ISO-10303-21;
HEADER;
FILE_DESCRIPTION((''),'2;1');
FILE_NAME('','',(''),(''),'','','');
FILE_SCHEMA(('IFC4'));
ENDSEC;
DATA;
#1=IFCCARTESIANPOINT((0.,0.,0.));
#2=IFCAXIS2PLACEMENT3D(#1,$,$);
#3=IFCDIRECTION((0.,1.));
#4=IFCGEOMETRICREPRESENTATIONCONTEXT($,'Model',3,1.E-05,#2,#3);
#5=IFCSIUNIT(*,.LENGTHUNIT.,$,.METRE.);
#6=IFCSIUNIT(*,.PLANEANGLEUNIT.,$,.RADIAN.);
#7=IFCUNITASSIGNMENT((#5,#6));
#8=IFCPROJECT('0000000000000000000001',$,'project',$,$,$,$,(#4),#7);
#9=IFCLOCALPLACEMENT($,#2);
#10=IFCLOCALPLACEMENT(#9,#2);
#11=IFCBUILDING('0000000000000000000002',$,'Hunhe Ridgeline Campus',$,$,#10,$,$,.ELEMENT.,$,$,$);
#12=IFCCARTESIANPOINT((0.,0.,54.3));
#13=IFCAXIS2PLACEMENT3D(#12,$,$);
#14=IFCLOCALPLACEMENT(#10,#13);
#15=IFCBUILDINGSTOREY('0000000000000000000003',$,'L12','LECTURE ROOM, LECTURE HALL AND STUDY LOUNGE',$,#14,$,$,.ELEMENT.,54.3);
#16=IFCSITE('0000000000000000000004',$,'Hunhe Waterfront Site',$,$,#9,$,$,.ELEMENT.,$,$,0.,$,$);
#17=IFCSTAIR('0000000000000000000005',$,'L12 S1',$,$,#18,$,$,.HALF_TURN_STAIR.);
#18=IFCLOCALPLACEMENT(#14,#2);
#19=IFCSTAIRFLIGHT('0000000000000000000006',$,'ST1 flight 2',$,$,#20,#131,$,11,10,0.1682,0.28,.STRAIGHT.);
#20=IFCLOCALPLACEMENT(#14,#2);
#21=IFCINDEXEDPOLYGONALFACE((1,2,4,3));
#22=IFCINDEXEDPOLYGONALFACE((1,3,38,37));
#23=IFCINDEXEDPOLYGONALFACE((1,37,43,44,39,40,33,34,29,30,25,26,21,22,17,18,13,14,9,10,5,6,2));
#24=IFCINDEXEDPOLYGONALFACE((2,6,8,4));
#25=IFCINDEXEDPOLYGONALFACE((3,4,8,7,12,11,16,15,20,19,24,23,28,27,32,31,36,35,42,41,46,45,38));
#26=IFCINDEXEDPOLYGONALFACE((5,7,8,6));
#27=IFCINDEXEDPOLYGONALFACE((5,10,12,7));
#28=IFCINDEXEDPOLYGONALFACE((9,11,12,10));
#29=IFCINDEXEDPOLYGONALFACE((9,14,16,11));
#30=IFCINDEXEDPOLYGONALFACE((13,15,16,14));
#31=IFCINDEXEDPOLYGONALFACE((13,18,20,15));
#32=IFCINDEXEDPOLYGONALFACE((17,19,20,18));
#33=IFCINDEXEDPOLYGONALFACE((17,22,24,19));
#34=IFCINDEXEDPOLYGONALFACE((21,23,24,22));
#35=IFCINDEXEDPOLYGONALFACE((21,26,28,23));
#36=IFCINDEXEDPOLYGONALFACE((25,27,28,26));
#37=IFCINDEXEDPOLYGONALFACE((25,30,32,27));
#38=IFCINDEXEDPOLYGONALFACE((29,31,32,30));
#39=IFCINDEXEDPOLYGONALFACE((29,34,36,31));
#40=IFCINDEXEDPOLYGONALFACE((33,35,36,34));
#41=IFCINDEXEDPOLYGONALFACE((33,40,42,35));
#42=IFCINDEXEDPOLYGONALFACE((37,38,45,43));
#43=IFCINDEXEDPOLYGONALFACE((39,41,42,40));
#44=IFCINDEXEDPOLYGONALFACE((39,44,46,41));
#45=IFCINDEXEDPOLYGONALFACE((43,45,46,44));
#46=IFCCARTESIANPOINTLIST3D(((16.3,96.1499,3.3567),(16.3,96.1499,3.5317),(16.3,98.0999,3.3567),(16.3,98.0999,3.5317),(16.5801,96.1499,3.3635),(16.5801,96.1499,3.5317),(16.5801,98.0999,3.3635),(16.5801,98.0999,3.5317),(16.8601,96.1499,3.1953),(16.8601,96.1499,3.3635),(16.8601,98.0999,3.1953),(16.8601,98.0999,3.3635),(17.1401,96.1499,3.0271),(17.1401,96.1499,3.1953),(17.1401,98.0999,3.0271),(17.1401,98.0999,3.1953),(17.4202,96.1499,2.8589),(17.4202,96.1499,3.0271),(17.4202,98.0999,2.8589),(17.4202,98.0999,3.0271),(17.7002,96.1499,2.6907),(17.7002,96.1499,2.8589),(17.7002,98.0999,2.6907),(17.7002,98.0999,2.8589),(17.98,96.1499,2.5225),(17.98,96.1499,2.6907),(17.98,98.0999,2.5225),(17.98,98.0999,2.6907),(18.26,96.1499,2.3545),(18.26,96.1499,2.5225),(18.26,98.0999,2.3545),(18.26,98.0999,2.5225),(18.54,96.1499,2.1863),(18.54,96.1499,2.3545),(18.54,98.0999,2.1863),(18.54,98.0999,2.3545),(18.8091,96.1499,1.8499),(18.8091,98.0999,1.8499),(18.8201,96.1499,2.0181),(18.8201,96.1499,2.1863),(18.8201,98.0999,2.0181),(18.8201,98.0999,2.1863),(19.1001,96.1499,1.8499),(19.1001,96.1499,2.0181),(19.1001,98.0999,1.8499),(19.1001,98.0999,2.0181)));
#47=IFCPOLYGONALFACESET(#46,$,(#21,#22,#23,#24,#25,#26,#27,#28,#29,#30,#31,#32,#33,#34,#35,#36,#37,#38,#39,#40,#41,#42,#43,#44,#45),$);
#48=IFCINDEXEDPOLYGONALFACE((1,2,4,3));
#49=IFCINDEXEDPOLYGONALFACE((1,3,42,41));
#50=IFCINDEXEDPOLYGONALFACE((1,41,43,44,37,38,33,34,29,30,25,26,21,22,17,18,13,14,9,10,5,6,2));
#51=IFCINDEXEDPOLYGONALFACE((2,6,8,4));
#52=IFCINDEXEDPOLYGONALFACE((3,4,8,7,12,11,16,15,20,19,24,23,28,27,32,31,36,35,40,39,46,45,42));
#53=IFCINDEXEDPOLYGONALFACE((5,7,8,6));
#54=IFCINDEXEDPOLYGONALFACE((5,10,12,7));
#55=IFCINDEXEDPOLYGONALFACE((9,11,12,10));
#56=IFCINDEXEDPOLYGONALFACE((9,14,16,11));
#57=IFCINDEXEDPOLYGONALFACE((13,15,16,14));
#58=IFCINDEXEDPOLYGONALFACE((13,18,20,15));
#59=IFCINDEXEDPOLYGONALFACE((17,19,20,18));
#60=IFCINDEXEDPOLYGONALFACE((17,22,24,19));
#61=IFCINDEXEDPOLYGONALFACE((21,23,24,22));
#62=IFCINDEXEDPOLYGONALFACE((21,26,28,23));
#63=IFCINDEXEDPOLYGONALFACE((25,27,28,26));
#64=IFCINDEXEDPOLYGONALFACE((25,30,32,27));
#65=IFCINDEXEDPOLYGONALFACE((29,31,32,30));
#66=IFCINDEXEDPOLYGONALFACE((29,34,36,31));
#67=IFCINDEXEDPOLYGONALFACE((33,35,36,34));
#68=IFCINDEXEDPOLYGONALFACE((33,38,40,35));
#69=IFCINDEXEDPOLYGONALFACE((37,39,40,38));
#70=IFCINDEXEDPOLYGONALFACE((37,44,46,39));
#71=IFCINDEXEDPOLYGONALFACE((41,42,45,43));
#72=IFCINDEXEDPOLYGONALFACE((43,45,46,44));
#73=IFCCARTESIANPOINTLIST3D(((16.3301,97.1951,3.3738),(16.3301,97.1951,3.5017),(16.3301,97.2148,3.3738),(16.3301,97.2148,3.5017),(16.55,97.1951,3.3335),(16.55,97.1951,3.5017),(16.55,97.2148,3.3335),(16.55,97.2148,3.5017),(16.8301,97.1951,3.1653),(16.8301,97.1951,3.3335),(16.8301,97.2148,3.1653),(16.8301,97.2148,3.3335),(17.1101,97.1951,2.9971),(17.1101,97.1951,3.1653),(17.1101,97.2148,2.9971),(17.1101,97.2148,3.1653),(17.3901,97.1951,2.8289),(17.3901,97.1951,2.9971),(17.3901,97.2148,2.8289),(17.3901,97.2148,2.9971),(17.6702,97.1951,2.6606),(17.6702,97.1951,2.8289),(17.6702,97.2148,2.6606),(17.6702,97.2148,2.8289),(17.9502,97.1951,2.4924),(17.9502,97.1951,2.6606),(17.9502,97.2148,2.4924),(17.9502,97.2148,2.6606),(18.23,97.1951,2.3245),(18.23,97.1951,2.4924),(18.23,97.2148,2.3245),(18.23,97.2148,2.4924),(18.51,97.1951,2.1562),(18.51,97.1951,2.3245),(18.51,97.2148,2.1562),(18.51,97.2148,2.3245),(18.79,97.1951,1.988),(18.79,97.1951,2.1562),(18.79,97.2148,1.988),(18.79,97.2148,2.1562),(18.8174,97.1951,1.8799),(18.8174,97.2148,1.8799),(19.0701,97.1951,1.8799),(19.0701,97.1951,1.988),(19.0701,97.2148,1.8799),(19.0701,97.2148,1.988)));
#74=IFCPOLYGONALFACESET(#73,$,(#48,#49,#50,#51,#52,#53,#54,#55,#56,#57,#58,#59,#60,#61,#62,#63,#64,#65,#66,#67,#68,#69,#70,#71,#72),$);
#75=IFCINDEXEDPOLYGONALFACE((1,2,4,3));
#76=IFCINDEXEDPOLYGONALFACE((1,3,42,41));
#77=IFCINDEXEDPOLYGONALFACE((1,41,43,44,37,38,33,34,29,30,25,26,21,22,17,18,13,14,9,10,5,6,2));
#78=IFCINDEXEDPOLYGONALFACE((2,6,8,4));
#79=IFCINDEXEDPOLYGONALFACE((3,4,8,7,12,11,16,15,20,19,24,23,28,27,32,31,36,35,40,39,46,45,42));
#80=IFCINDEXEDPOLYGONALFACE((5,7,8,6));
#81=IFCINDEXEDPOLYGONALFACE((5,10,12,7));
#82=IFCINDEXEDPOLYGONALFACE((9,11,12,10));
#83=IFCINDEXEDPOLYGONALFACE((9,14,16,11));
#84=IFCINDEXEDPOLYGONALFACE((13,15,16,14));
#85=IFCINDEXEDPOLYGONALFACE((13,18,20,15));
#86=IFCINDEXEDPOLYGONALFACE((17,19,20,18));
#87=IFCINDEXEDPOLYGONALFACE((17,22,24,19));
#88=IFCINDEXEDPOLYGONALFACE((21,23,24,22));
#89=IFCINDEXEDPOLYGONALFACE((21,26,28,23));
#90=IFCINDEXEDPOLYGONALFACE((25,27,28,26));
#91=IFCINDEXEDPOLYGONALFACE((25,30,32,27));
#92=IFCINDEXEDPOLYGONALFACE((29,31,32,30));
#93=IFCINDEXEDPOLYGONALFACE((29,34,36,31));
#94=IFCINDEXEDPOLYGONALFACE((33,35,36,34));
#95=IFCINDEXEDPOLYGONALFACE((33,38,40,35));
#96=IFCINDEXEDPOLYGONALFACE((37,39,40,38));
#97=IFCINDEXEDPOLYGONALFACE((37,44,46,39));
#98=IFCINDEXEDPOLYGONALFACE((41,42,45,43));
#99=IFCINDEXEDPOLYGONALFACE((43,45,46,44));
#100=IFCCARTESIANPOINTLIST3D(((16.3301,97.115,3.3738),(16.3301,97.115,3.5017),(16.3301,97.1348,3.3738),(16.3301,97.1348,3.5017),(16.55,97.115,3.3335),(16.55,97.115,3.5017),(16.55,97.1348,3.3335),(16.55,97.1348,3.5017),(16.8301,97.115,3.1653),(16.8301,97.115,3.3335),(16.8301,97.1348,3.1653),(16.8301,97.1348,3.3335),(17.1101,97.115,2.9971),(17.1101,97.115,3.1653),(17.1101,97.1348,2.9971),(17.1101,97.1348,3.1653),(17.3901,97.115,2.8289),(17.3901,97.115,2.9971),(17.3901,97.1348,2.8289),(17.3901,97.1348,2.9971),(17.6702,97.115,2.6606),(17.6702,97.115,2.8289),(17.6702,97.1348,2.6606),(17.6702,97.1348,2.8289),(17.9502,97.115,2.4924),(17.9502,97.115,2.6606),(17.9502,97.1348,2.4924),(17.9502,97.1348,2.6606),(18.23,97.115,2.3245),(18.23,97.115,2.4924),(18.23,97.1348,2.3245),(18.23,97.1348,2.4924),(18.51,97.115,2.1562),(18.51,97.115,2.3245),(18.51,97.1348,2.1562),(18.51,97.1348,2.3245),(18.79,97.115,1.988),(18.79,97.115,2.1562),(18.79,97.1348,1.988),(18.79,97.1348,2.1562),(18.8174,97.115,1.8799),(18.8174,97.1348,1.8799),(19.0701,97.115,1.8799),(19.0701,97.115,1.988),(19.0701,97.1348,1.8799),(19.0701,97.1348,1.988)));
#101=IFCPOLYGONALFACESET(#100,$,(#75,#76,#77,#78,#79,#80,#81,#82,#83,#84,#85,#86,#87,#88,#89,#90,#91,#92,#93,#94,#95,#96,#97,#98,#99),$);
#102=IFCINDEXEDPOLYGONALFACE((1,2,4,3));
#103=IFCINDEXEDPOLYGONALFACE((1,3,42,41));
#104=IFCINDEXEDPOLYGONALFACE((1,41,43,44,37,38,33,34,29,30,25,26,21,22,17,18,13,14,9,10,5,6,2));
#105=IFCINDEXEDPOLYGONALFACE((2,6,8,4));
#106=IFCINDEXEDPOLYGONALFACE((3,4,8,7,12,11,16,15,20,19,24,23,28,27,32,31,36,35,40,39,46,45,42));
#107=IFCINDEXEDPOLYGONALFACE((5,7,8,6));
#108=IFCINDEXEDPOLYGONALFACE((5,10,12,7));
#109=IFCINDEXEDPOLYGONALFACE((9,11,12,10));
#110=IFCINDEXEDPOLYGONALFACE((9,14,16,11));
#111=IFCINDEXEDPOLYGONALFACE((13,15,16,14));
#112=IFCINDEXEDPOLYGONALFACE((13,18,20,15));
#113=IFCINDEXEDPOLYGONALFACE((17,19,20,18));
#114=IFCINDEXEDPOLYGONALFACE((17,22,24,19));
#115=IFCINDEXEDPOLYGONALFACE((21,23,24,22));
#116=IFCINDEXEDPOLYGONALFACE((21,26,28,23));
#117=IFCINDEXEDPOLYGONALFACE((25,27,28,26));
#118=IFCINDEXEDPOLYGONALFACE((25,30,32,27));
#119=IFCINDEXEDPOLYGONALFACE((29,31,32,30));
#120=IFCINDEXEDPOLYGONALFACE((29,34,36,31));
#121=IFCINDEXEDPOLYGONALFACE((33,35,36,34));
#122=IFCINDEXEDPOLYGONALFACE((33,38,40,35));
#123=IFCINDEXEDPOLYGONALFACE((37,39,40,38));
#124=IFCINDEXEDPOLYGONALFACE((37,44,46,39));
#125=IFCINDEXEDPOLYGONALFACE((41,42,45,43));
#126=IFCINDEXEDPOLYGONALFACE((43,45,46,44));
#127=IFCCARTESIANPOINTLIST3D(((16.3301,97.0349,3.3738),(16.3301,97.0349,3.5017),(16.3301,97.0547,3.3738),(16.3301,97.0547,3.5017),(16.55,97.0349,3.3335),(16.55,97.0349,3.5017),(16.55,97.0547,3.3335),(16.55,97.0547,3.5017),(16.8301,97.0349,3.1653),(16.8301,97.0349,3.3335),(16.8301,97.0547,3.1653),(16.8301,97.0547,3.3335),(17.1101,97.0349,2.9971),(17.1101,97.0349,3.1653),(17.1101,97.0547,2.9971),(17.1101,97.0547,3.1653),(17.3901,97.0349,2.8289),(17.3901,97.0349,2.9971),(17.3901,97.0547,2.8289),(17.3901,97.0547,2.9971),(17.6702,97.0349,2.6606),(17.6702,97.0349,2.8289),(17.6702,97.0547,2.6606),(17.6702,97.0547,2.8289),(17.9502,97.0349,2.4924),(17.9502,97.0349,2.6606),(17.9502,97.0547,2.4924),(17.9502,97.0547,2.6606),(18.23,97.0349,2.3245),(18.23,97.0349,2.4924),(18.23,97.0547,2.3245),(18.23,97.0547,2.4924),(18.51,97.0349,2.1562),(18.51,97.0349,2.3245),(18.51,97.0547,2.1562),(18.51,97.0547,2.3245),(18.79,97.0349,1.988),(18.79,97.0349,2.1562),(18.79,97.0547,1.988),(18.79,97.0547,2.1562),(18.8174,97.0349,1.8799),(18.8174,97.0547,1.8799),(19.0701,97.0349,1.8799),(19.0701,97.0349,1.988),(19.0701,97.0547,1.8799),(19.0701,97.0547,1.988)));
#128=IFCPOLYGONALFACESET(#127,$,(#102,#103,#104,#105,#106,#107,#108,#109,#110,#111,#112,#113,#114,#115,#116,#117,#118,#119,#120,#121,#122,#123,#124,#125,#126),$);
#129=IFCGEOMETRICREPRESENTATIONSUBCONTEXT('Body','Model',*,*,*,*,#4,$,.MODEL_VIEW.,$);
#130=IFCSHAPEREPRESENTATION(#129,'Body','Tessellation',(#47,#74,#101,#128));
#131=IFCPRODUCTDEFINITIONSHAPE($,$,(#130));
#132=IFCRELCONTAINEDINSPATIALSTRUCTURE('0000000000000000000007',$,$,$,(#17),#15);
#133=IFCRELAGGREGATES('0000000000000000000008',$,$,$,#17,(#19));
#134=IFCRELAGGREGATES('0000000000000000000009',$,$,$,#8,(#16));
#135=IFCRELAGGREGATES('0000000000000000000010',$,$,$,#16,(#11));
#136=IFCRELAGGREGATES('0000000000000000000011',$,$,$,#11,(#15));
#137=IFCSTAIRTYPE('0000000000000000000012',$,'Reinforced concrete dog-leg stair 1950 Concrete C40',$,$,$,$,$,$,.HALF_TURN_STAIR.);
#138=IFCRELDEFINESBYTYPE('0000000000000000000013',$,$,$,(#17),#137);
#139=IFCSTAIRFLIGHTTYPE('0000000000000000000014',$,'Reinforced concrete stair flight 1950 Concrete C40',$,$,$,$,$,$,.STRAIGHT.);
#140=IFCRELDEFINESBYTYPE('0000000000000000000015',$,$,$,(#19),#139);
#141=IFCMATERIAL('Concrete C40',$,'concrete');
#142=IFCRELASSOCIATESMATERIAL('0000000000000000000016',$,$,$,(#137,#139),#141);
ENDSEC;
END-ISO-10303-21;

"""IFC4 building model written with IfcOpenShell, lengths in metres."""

from ifc_helpers import new_model, si_unit, direction, frame, origin, place, context, subcontext, project, spatial, polyline, outline, extrude, material, type_object, element, aggregate, save


model = new_model("IFC4")

# Units and contexts
model_context = context("Model", 3, precision=1e-05, world=origin(), true_north=direction((0.0, 1.0)))
body_context = subcontext(model_context, "Body", "Model", "MODEL_VIEW")
ifc_project = project(units=[si_unit("LENGTHUNIT", "METRE"), si_unit("PLANEANGLEUNIT", "RADIAN")], contexts=[model_context])

# Site, building, storey
site_placement = place(None, origin())
site = spatial("IfcSite", under=ifc_project, at=site_placement, Name="Hunhe Waterfront Site", CompositionType="ELEMENT", RefElevation=0.0)
building_placement = place(site_placement, origin())
building = spatial("IfcBuilding", under=site, at=building_placement, Name="Hunhe Ridgeline Campus", CompositionType="ELEMENT")
storey_placement = place(building_placement, frame((0.0, 0.0, 54.3)))
storey = spatial("IfcBuildingStorey", under=building, at=storey_placement, Name="L12", Description="LECTURE ROOM, LECTURE HALL AND STUDY LOUNGE", CompositionType="ELEMENT", Elevation=54.3)

# Stair, stair flight
ifc_material_1 = material(Name="Concrete C40", Category="concrete")
stair_type = type_object("IfcStairType", Name="Reinforced concrete dog-leg stair 1950 Concrete C40", PredefinedType="HALF_TURN_STAIR", material=ifc_material_1)
stair_placement = place(storey_placement, origin())
stair = element("IfcStair", 1, at=stair_placement, inside=storey, type_object=stair_type, Name="L12 S1", PredefinedType="HALF_TURN_STAIR")
stair_flight_type = type_object("IfcStairFlightType", Name="Reinforced concrete stair flight 1950 Concrete C40", PredefinedType="STRAIGHT", material=ifc_material_1)
stair_flight_1_placement = place(storey_placement, frame((19.1001, 97.125, 1.8499), z_axis=(0.0, 0.0, 1.0), x_axis=(-1.0, 0.0, 0.0)))
stair_flight_1 = element("IfcStairFlight", 2, at=stair_flight_1_placement, type_object=stair_flight_type, Name="ST1 flight 2", NumberOfRisers=11, NumberOfTreads=10, PredefinedType="STRAIGHT", RiserHeight=0.1682, TreadLength=0.28, context=body_context, shape_type="SweptSolid", body=[
    extrude(outline(polyline([(0.0, 0.0), (0.0, 0.1682), (0.28, 0.1682), (0.28, 0.3364), (0.5601, 0.3364), (0.5601, 0.5046), (0.8401, 0.5046), (0.8401, 0.6726), (1.1201, 0.6726), (1.1201, 0.8408), (1.3999, 0.8408), (1.3999, 1.009), (1.6799, 1.009), (1.6799, 1.1772), (1.96, 1.1772), (1.96, 1.3455), (2.24, 1.3455), (2.24, 1.5137), (2.52, 1.5137), (2.52, 1.6819), (2.8, 1.6819), (2.8, 1.8501), (2.8, 1.5068), (0.291, 0.0), (0.0, 0.0)])), frame((0.0, 0.9751, 0.0), z_axis=(0.0, -1.0, 0.0), x_axis=(1.0, 0.0, 0.0)), (0.0, 0.0, 1.0), 1.95),
    extrude(outline(polyline([(0.03, 0.03), (0.03, 0.1382), (0.3101, 0.1382), (0.3101, 0.3064), (0.5901, 0.3064), (0.5901, 0.4746), (0.8701, 0.4746), (0.8701, 0.6426), (1.1499, 0.6426), (1.1499, 0.8108), (1.4299, 0.8108), (1.4299, 0.979), (1.71, 0.979), (1.71, 1.1472), (1.99, 1.1472), (1.99, 1.3154), (2.27, 1.3154), (2.27, 1.4836), (2.55, 1.4836), (2.55, 1.6519), (2.77, 1.6519), (2.77, 1.5239), (0.2827, 0.03), (0.03, 0.03)])), frame((0.0, -0.0701, 0.0), z_axis=(0.0, -1.0, 0.0), x_axis=(1.0, 0.0, 0.0)), (0.0, 0.0, 1.0), 0.0198),
    extrude(outline(polyline([(0.03, 0.03), (0.03, 0.1382), (0.3101, 0.1382), (0.3101, 0.3064), (0.5901, 0.3064), (0.5901, 0.4746), (0.8701, 0.4746), (0.8701, 0.6426), (1.1499, 0.6426), (1.1499, 0.8108), (1.4299, 0.8108), (1.4299, 0.979), (1.71, 0.979), (1.71, 1.1472), (1.99, 1.1472), (1.99, 1.3154), (2.27, 1.3154), (2.27, 1.4836), (2.55, 1.4836), (2.55, 1.6519), (2.77, 1.6519), (2.77, 1.5239), (0.2827, 0.03), (0.03, 0.03)])), frame((0.0, 0.01, 0.0), z_axis=(0.0, -1.0, 0.0), x_axis=(1.0, 0.0, 0.0)), (0.0, 0.0, 1.0), 0.0198),
    extrude(outline(polyline([(0.03, 0.03), (0.03, 0.1382), (0.3101, 0.1382), (0.3101, 0.3064), (0.5901, 0.3064), (0.5901, 0.4746), (0.8701, 0.4746), (0.8701, 0.6426), (1.1499, 0.6426), (1.1499, 0.8108), (1.4299, 0.8108), (1.4299, 0.979), (1.71, 0.979), (1.71, 1.1472), (1.99, 1.1472), (1.99, 1.3154), (2.27, 1.3154), (2.27, 1.4836), (2.55, 1.4836), (2.55, 1.6519), (2.77, 1.6519), (2.77, 1.5239), (0.2827, 0.03), (0.03, 0.03)])), frame((0.0, 0.0901, 0.0), z_axis=(0.0, -1.0, 0.0), x_axis=(1.0, 0.0, 0.0)), (0.0, 0.0, 1.0), 0.0198),
])
aggregate(stair, [stair_flight_1])

save(model, "model.ifc")
